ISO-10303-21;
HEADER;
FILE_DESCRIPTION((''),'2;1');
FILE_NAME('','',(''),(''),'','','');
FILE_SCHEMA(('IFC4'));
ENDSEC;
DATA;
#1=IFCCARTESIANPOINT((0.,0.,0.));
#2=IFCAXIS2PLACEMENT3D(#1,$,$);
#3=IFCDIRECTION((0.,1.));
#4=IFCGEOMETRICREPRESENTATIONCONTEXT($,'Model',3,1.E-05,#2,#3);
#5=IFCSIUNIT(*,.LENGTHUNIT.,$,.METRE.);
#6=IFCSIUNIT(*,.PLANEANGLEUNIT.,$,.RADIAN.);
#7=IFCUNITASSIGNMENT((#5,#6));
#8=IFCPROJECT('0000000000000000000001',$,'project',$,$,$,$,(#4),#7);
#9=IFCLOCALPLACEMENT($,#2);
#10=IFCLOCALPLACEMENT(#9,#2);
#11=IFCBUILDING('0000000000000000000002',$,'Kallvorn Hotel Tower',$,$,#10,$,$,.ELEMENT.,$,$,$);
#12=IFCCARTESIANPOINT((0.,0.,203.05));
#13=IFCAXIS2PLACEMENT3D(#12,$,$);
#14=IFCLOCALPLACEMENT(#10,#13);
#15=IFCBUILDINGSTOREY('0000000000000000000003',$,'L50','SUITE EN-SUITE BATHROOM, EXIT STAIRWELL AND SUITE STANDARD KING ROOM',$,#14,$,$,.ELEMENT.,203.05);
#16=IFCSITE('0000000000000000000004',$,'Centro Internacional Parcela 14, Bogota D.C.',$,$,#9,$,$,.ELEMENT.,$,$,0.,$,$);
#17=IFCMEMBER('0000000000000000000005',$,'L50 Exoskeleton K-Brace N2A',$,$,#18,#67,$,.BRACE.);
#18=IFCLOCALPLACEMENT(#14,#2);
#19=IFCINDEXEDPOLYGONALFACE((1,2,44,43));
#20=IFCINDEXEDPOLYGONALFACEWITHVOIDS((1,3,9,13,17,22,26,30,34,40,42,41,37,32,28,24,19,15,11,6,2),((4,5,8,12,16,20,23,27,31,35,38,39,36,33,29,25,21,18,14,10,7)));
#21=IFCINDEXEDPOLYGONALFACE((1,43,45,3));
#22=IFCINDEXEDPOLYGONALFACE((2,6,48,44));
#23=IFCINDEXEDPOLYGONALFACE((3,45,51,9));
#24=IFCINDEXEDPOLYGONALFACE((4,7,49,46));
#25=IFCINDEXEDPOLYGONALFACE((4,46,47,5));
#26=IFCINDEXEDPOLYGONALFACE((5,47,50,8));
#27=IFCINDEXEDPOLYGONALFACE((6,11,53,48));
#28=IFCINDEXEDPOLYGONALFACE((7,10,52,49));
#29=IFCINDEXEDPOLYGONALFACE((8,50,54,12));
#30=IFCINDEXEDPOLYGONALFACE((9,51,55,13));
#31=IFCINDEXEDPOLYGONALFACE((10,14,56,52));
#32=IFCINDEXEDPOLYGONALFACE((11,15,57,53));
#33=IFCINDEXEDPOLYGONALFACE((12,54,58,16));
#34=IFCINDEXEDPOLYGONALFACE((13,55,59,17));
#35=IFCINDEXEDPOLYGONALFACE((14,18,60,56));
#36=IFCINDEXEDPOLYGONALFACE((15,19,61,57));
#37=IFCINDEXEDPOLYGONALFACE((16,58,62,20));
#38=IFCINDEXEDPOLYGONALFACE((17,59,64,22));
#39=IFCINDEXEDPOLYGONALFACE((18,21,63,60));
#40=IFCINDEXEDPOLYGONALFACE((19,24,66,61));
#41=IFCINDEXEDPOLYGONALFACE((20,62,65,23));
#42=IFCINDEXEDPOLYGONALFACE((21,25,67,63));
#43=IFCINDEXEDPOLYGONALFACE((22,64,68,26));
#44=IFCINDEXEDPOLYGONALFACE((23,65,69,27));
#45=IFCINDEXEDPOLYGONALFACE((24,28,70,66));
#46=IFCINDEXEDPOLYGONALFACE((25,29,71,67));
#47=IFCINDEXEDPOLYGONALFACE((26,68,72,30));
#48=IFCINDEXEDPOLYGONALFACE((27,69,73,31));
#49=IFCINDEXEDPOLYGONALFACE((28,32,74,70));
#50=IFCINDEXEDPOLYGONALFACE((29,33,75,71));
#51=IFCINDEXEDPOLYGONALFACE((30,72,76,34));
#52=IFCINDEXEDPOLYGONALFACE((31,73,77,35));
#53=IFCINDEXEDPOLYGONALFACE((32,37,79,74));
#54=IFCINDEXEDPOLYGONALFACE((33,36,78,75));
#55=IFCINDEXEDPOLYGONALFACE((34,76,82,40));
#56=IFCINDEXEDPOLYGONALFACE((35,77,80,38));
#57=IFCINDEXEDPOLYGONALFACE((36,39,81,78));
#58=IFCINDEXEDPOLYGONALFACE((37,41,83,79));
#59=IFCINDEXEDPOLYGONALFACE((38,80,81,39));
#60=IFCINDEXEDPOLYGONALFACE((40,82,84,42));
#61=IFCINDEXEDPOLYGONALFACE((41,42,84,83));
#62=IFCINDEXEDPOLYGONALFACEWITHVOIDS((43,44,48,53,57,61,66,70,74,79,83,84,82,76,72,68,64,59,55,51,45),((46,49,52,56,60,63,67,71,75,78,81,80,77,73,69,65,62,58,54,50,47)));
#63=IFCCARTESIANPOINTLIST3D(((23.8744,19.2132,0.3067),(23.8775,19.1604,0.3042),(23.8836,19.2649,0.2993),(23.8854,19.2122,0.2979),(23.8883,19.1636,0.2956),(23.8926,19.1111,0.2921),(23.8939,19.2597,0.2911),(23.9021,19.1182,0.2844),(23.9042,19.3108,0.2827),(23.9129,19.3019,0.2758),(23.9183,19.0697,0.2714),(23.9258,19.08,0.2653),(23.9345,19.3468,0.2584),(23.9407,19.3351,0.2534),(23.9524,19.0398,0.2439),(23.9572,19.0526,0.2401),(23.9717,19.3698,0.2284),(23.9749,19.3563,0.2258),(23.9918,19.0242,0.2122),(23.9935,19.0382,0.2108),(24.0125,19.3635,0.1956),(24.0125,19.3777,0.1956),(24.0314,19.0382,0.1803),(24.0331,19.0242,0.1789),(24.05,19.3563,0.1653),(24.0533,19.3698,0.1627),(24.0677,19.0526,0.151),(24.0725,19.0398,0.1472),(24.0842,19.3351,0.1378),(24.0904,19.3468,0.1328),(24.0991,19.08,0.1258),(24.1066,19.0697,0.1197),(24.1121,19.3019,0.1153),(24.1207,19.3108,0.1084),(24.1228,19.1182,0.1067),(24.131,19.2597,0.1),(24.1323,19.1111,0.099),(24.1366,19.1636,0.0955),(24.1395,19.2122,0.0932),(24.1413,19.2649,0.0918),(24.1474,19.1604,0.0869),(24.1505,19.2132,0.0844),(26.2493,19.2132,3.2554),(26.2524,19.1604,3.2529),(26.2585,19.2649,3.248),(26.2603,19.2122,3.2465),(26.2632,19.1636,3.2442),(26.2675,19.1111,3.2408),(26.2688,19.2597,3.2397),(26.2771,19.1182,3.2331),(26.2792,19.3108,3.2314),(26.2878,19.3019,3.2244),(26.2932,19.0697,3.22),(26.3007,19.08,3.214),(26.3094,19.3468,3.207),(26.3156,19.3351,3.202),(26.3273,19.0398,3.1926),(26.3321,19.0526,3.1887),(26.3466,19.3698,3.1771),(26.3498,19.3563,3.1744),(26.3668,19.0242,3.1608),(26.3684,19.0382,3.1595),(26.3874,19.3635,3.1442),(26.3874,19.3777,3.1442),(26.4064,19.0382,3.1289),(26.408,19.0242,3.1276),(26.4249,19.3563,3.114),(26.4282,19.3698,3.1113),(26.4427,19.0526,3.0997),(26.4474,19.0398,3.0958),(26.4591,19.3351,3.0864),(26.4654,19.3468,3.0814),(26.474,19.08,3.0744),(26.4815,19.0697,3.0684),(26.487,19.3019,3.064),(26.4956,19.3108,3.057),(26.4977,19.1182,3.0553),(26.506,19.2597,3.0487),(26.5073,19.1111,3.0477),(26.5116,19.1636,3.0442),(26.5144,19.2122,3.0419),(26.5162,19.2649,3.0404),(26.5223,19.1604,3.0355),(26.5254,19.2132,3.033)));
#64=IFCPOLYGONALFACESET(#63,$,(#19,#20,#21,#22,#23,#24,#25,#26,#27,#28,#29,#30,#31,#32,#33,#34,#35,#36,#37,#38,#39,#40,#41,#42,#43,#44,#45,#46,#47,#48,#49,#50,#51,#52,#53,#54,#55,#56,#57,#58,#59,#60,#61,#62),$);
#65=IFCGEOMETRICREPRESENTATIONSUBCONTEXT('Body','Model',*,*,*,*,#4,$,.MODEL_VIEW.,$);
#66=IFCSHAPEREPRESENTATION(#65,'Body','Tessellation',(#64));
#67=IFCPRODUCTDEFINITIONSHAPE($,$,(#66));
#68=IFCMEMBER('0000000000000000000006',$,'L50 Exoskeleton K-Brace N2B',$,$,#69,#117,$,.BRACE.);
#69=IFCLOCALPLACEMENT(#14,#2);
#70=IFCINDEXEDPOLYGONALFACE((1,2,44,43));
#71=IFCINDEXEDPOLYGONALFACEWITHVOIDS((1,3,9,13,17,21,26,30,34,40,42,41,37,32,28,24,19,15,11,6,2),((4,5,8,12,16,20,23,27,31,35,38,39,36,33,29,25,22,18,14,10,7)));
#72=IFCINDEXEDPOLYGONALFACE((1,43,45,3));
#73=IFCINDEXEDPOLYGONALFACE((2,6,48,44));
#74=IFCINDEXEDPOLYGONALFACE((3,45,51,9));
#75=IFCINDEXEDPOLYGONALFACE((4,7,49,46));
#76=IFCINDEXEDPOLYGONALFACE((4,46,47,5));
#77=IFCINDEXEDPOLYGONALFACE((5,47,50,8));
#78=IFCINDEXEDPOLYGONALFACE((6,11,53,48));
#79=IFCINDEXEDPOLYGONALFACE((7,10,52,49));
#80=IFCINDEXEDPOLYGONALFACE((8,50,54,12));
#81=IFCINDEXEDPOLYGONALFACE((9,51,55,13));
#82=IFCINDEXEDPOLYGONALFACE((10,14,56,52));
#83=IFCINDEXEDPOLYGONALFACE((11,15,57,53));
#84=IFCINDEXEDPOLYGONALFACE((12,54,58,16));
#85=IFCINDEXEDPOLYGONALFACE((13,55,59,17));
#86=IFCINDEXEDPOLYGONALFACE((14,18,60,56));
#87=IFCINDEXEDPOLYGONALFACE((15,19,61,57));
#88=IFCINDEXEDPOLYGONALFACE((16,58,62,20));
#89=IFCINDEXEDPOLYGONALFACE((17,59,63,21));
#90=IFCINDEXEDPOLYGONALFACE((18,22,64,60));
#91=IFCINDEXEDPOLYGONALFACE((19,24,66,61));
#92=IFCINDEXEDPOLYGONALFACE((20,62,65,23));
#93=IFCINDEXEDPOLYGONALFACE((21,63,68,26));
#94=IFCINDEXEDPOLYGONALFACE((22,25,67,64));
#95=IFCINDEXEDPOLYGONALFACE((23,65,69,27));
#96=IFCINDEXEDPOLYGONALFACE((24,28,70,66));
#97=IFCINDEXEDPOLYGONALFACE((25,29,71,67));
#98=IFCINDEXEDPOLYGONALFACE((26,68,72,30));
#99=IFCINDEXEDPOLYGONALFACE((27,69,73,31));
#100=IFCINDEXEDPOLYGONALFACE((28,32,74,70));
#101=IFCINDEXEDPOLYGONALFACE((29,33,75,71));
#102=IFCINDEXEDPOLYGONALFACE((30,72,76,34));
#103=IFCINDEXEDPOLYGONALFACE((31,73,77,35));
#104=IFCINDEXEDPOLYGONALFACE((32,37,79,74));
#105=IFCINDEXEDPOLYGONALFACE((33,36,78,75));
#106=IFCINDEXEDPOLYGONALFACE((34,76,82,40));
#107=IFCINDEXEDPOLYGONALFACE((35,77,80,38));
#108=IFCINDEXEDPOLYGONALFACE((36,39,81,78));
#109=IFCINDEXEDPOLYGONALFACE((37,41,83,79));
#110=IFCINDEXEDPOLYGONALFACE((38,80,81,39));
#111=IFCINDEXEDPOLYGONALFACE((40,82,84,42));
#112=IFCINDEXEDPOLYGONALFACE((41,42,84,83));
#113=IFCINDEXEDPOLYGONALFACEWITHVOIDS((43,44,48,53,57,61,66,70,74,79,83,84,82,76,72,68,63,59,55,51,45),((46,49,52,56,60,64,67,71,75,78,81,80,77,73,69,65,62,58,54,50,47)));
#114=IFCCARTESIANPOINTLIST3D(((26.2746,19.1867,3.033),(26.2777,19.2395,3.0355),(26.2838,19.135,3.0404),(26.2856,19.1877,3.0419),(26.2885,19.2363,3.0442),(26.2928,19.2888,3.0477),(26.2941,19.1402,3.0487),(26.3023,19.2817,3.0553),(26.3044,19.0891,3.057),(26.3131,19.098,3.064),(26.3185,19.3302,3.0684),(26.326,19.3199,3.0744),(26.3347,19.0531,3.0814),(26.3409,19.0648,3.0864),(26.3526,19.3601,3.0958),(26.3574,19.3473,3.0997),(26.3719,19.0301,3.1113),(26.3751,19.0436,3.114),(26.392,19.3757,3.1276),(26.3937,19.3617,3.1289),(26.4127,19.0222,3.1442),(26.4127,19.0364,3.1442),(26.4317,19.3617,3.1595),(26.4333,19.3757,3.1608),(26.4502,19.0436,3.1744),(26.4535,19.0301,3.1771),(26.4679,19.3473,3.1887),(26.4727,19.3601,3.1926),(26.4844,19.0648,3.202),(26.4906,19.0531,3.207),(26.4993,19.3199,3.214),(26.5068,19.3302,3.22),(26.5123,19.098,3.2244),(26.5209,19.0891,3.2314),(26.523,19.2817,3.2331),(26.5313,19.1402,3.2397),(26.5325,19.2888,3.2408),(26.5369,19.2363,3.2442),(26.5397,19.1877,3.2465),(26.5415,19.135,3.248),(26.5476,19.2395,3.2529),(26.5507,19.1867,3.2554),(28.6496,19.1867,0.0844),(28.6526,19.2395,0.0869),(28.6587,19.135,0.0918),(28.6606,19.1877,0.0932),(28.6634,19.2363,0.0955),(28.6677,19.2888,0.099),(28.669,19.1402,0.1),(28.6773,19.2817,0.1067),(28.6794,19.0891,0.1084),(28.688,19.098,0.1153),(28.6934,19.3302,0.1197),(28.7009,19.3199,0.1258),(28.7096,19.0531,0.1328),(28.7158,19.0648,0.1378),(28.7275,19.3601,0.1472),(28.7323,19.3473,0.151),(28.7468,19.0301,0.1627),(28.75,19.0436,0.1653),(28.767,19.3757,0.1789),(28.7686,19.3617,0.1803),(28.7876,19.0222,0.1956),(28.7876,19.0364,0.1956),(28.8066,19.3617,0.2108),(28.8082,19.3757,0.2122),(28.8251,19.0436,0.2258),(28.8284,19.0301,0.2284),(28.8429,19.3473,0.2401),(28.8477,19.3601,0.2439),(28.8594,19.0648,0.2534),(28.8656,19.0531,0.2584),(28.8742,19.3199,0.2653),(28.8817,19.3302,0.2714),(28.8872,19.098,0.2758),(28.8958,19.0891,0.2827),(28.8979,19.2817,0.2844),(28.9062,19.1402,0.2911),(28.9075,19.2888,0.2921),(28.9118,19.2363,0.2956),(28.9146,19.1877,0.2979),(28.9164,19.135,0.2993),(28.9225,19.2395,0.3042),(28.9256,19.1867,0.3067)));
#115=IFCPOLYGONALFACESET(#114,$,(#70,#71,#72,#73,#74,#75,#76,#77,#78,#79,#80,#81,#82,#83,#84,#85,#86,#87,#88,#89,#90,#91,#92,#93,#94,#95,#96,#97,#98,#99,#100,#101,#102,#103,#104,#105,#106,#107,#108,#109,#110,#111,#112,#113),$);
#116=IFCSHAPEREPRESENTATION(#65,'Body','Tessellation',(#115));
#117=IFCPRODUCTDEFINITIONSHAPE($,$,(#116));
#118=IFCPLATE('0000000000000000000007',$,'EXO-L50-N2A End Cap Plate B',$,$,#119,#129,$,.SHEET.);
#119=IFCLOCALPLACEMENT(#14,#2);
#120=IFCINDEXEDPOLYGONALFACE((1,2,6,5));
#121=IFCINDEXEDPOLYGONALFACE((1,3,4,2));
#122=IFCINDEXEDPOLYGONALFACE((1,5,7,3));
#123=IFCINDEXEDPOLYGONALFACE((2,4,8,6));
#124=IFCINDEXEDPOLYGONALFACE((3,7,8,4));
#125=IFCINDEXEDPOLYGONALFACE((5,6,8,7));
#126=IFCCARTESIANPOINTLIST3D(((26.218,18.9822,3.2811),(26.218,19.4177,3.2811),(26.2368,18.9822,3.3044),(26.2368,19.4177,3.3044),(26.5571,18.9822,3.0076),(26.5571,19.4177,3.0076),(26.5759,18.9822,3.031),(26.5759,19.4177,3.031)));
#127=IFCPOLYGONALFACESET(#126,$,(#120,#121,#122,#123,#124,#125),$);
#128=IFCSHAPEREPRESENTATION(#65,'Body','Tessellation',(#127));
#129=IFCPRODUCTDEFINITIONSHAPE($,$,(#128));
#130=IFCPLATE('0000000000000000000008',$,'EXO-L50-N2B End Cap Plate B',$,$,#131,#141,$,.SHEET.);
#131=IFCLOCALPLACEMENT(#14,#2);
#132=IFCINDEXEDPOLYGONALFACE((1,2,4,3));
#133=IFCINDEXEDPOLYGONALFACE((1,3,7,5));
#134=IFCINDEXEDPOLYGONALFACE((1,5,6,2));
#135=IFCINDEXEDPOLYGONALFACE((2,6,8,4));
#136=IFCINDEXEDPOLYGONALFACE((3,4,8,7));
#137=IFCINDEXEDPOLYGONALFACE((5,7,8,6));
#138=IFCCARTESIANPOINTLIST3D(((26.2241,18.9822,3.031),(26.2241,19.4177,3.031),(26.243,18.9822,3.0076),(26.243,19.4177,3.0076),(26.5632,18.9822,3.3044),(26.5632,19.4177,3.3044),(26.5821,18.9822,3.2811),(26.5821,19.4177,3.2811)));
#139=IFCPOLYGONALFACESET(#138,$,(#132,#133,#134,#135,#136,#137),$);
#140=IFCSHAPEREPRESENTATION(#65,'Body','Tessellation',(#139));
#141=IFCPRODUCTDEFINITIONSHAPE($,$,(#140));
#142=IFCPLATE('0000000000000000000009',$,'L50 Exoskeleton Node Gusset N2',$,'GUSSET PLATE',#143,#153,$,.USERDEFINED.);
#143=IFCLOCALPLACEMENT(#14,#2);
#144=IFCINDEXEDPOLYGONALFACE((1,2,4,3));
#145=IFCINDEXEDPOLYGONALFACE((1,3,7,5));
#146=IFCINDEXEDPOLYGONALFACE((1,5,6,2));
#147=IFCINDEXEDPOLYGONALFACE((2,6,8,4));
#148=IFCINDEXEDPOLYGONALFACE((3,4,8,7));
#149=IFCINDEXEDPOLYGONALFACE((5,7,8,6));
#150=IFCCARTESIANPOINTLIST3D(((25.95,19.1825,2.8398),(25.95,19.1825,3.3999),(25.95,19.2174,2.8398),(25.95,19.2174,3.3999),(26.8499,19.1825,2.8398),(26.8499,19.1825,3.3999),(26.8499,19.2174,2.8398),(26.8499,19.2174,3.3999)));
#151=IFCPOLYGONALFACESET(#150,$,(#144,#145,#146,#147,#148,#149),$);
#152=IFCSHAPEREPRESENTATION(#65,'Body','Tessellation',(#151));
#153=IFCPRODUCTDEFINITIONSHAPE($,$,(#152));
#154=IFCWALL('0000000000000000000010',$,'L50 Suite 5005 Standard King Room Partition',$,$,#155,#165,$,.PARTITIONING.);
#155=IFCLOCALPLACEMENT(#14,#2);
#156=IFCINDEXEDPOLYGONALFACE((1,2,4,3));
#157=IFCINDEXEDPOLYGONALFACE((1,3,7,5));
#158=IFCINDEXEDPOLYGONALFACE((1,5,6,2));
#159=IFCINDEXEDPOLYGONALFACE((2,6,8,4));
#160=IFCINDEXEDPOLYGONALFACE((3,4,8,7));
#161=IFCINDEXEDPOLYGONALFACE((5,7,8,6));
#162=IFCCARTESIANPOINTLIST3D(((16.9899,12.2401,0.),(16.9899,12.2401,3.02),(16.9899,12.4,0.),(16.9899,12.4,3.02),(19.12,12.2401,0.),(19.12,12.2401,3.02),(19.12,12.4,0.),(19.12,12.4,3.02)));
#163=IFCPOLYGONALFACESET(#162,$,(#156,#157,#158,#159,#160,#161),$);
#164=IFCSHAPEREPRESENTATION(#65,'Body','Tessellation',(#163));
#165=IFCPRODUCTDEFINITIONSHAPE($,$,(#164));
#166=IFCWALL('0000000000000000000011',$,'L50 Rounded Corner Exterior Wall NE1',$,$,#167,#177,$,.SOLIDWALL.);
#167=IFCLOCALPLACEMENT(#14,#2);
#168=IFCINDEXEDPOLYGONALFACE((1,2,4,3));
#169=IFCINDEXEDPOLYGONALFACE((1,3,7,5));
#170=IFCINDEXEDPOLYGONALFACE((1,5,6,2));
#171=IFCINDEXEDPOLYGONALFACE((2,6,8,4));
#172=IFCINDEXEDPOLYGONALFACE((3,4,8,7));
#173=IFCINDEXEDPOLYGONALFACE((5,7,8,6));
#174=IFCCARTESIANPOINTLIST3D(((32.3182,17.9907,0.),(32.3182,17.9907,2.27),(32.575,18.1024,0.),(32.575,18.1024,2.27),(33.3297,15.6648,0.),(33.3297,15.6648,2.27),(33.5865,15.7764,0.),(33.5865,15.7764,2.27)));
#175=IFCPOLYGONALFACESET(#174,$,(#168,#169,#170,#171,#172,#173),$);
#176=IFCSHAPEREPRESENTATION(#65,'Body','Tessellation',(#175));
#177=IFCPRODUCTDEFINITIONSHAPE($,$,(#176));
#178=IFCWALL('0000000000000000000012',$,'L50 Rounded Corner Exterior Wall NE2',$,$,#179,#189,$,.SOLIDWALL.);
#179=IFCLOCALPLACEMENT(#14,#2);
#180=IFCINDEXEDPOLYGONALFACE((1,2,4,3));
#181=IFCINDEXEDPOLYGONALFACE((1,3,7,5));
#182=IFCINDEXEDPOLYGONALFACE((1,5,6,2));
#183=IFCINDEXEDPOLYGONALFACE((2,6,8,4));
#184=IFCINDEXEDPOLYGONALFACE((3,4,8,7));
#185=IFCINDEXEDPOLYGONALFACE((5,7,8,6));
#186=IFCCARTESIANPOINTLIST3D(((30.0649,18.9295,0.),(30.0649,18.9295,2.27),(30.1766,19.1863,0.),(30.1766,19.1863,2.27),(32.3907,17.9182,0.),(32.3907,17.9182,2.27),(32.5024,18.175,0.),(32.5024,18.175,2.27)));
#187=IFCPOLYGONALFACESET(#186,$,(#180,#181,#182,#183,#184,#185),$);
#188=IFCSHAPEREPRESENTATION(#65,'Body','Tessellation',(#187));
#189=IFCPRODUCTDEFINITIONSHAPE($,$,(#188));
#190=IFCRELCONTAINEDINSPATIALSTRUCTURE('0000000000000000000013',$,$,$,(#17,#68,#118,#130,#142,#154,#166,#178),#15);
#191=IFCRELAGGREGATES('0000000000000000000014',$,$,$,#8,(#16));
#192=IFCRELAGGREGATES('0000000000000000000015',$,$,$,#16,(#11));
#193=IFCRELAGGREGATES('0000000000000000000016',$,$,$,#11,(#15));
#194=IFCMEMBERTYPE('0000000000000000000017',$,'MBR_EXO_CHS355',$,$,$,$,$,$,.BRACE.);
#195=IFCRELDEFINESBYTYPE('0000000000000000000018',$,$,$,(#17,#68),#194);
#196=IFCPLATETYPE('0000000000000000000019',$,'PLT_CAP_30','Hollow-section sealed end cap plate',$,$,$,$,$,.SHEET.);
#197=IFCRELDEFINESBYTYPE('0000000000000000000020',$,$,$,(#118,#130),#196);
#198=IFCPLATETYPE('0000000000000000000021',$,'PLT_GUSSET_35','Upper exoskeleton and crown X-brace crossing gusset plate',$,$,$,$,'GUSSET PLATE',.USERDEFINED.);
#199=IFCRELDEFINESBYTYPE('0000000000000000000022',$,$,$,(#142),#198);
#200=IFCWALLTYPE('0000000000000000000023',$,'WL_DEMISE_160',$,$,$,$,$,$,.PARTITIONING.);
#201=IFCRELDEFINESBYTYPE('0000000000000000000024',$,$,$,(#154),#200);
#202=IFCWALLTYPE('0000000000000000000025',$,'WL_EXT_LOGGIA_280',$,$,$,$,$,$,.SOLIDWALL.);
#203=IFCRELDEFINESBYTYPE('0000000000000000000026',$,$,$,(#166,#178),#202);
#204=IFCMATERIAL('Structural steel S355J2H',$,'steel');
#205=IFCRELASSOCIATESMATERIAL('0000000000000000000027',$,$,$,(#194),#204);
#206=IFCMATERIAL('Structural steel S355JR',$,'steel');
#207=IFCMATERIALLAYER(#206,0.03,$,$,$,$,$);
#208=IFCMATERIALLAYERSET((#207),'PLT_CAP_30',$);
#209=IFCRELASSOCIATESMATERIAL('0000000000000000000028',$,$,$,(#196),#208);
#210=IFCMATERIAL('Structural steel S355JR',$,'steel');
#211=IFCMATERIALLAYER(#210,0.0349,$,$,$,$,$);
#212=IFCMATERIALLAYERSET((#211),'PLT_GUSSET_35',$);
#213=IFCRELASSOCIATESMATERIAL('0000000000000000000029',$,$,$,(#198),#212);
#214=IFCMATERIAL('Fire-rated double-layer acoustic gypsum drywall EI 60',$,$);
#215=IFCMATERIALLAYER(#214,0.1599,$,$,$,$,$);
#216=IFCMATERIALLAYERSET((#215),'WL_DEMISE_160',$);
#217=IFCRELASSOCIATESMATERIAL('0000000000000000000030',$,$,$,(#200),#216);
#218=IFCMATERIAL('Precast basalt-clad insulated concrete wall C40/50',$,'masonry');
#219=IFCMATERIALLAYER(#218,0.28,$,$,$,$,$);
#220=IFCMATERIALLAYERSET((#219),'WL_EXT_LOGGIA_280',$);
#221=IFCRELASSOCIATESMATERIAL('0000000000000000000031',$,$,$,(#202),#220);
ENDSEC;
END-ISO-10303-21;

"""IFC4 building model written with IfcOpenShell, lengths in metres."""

from ifc_helpers import new_model, si_unit, direction, frame, frame_2d, origin, origin_2d, place, context, subcontext, project, spatial, polyline, rectangle, hollow_circle, outline, extrude, material, layer, layer_set, material_profile, profile_set, type_object, element, save


model = new_model("IFC4")

# Units and contexts
model_context = context("Model", 3, precision=1e-05, world=origin(), true_north=direction((0.0, 1.0)))
body_context = subcontext(model_context, "Body", "Model", "MODEL_VIEW")
ifc_project = project(units=[si_unit("LENGTHUNIT", "METRE"), si_unit("PLANEANGLEUNIT", "RADIAN")], contexts=[model_context])

# Site, building, storey
site_placement = place(None, origin())
site = spatial("IfcSite", under=ifc_project, at=site_placement, Name="Centro Internacional Parcela 14, Bogota D.C.", CompositionType="ELEMENT", RefElevation=0.0)
building_placement = place(site_placement, origin())
building = spatial("IfcBuilding", under=site, at=building_placement, Name="Kallvorn Hotel Tower", CompositionType="ELEMENT")
storey_placement = place(building_placement, frame((0.0, 0.0, 203.05)))
storey = spatial("IfcBuildingStorey", under=building, at=storey_placement, Name="L50", Description="SUITE EN-SUITE BATHROOM, EXIT STAIRWELL AND SUITE STANDARD KING ROOM", CompositionType="ELEMENT", Elevation=203.05)

# Members
ifc_material_1 = material(Name="Structural steel S355J2H", Category="steel")
ifc_material_profile_1 = material_profile(ifc_material_1, hollow_circle(Radius=0.1777, WallThickness=0.0142, at=origin_2d()), Name="CHS 355.6x14.2")
ifc_profile_set_1 = profile_set([ifc_material_profile_1], Name="Structural steel S355J2H")
member_type_1 = type_object("IfcMemberType", Name="MBR_EXO_CHS355", PredefinedType="BRACE", material=ifc_profile_set_1)
for number, where, z_axis, x_axis, name in (
    (1, (24.0125, 19.2, 0.1956), (0.627271, 0.0, 0.778801), (0.0, 1.0, 0.0), "L50 Exoskeleton K-Brace N2A"),
    (2, (28.7876, 19.2, 0.1956), (-0.627271, 0.0, 0.778801), (0.0, -1.0, 0.0), "L50 Exoskeleton K-Brace N2B"),
):
    element("IfcMember", number, at=place(storey_placement, frame(where, z_axis=z_axis, x_axis=x_axis)), inside=storey, type_object=member_type_1, Name=name, PredefinedType="BRACE", context=body_context, shape_type="SweptSolid", body=[
        extrude(hollow_circle(Radius=0.1777, WallThickness=0.0142, at=origin_2d()), origin(), (0.0, 0.0, 1.0), 3.7861),
    ])

# Plates
ifc_material_2 = material(Name="Structural steel S355JR", Category="steel")
ifc_layer_1 = layer(ifc_material_2, 0.03)
ifc_layer_set_1 = layer_set([ifc_layer_1], Name="PLT_CAP_30")
plate_type_1 = type_object("IfcPlateType", Name="PLT_CAP_30", Description="Hollow-section sealed end cap plate", PredefinedType="SHEET", material=ifc_layer_set_1)
for number, where, z_axis, x_axis, name in (
    (3, (26.5759, 18.9822, 3.031), (0.627698, 0.0, 0.778457), (0.0, 1.0, 0.0), "EXO-L50-N2A End Cap Plate B"),
    (4, (26.2241, 19.4177, 3.031), (-0.627698, 0.0, 0.778457), (0.0, -1.0, 0.0), "EXO-L50-N2B End Cap Plate B"),
):
    element("IfcPlate", number, at=place(storey_placement, frame(where, z_axis=z_axis, x_axis=x_axis)), inside=storey, type_object=plate_type_1, Name=name, PredefinedType="SHEET", context=body_context, shape_type="SweptSolid", body=[
        extrude(outline(polyline([(0.0, 0.0), (0.4355, 0.0), (0.4355, 0.4356), (0.0, 0.4356), (0.0, 0.0)])), origin(), (0.0, 0.0, -1.0), 0.03),
    ])
ifc_material_3 = material(Name="Structural steel S355JR", Category="steel")
ifc_layer_2 = layer(ifc_material_3, 0.0349)
ifc_layer_set_2 = layer_set([ifc_layer_2], Name="PLT_GUSSET_35")
plate_type_2 = type_object("IfcPlateType", Name="PLT_GUSSET_35", Description="Upper exoskeleton and crown X-brace crossing gusset plate", ElementType="GUSSET PLATE", PredefinedType="USERDEFINED", material=ifc_layer_set_2)
plate_placement = place(storey_placement, frame((26.3999, 19.2, 2.8398), z_axis=(0.0, 0.0, 1.0), x_axis=(1.0, 0.0, 0.0)))
element("IfcPlate", 5, at=plate_placement, inside=storey, type_object=plate_type_2, Name="L50 Exoskeleton Node Gusset N2", ObjectType="GUSSET PLATE", PredefinedType="USERDEFINED", context=body_context, shape_type="SweptSolid", body=[
    extrude(rectangle(XDim=0.8999, YDim=0.0349, at=origin_2d()), origin(), (0.0, 0.0, 1.0), 0.5601),
])

# Walls
ifc_material_4 = material(Name="Fire-rated double-layer acoustic gypsum drywall EI 60")
ifc_layer_3 = layer(ifc_material_4, 0.1599)
ifc_layer_set_3 = layer_set([ifc_layer_3], Name="WL_DEMISE_160")
wall_type_1 = type_object("IfcWallType", Name="WL_DEMISE_160", PredefinedType="PARTITIONING", material=ifc_layer_set_3)
wall_1_placement = place(storey_placement, frame((16.99, 12.3201, 0.0), z_axis=(0.0, 0.0, 1.0), x_axis=(1.0, 0.0, 0.0)))
element("IfcWall", 6, at=wall_1_placement, inside=storey, type_object=wall_type_1, Name="L50 Suite 5005 Standard King Room Partition", PredefinedType="PARTITIONING", context=body_context, shape_type="SweptSolid", body=[
    extrude(rectangle(XDim=2.1301, YDim=0.1599, at=frame_2d((1.0649, 0.0))), origin(), (0.0, 0.0, 1.0), 3.02),
])
ifc_material_5 = material(Name="Precast basalt-clad insulated concrete wall C40/50", Category="masonry")
ifc_layer_4 = layer(ifc_material_5, 0.28)
ifc_layer_set_4 = layer_set([ifc_layer_4], Name="WL_EXT_LOGGIA_280")
wall_type_2 = type_object("IfcWallType", Name="WL_EXT_LOGGIA_280", PredefinedType="SOLIDWALL", material=ifc_layer_set_4)
wall_2_placement = place(storey_placement, frame((33.458, 15.7207, 0.0), z_axis=(0.0, 0.0, 1.0), x_axis=(-0.398793, 0.917041, 0.0)))
element("IfcWall", 7, at=wall_2_placement, inside=storey, type_object=wall_type_2, Name="L50 Rounded Corner Exterior Wall NE1", PredefinedType="SOLIDWALL", context=body_context, shape_type="SweptSolid", body=[
    extrude(rectangle(XDim=2.5364, YDim=0.28, at=frame_2d((1.2681, 0.0))), origin(), (0.0, 0.0, 1.0), 2.27),
])
wall_3_placement = place(storey_placement, frame((32.4465, 18.0466, 0.0), z_axis=(0.0, 0.0, 1.0), x_axis=(-0.917061, 0.398747, 0.0)))
element("IfcWall", 8, at=wall_3_placement, inside=storey, type_object=wall_type_2, Name="L50 Rounded Corner Exterior Wall NE2", PredefinedType="SOLIDWALL", context=body_context, shape_type="SweptSolid", body=[
    extrude(rectangle(XDim=2.5361, YDim=0.28, at=frame_2d((1.2681, 0.0))), origin(), (0.0, 0.0, 1.0), 2.27),
])

save(model, "model.ifc")
